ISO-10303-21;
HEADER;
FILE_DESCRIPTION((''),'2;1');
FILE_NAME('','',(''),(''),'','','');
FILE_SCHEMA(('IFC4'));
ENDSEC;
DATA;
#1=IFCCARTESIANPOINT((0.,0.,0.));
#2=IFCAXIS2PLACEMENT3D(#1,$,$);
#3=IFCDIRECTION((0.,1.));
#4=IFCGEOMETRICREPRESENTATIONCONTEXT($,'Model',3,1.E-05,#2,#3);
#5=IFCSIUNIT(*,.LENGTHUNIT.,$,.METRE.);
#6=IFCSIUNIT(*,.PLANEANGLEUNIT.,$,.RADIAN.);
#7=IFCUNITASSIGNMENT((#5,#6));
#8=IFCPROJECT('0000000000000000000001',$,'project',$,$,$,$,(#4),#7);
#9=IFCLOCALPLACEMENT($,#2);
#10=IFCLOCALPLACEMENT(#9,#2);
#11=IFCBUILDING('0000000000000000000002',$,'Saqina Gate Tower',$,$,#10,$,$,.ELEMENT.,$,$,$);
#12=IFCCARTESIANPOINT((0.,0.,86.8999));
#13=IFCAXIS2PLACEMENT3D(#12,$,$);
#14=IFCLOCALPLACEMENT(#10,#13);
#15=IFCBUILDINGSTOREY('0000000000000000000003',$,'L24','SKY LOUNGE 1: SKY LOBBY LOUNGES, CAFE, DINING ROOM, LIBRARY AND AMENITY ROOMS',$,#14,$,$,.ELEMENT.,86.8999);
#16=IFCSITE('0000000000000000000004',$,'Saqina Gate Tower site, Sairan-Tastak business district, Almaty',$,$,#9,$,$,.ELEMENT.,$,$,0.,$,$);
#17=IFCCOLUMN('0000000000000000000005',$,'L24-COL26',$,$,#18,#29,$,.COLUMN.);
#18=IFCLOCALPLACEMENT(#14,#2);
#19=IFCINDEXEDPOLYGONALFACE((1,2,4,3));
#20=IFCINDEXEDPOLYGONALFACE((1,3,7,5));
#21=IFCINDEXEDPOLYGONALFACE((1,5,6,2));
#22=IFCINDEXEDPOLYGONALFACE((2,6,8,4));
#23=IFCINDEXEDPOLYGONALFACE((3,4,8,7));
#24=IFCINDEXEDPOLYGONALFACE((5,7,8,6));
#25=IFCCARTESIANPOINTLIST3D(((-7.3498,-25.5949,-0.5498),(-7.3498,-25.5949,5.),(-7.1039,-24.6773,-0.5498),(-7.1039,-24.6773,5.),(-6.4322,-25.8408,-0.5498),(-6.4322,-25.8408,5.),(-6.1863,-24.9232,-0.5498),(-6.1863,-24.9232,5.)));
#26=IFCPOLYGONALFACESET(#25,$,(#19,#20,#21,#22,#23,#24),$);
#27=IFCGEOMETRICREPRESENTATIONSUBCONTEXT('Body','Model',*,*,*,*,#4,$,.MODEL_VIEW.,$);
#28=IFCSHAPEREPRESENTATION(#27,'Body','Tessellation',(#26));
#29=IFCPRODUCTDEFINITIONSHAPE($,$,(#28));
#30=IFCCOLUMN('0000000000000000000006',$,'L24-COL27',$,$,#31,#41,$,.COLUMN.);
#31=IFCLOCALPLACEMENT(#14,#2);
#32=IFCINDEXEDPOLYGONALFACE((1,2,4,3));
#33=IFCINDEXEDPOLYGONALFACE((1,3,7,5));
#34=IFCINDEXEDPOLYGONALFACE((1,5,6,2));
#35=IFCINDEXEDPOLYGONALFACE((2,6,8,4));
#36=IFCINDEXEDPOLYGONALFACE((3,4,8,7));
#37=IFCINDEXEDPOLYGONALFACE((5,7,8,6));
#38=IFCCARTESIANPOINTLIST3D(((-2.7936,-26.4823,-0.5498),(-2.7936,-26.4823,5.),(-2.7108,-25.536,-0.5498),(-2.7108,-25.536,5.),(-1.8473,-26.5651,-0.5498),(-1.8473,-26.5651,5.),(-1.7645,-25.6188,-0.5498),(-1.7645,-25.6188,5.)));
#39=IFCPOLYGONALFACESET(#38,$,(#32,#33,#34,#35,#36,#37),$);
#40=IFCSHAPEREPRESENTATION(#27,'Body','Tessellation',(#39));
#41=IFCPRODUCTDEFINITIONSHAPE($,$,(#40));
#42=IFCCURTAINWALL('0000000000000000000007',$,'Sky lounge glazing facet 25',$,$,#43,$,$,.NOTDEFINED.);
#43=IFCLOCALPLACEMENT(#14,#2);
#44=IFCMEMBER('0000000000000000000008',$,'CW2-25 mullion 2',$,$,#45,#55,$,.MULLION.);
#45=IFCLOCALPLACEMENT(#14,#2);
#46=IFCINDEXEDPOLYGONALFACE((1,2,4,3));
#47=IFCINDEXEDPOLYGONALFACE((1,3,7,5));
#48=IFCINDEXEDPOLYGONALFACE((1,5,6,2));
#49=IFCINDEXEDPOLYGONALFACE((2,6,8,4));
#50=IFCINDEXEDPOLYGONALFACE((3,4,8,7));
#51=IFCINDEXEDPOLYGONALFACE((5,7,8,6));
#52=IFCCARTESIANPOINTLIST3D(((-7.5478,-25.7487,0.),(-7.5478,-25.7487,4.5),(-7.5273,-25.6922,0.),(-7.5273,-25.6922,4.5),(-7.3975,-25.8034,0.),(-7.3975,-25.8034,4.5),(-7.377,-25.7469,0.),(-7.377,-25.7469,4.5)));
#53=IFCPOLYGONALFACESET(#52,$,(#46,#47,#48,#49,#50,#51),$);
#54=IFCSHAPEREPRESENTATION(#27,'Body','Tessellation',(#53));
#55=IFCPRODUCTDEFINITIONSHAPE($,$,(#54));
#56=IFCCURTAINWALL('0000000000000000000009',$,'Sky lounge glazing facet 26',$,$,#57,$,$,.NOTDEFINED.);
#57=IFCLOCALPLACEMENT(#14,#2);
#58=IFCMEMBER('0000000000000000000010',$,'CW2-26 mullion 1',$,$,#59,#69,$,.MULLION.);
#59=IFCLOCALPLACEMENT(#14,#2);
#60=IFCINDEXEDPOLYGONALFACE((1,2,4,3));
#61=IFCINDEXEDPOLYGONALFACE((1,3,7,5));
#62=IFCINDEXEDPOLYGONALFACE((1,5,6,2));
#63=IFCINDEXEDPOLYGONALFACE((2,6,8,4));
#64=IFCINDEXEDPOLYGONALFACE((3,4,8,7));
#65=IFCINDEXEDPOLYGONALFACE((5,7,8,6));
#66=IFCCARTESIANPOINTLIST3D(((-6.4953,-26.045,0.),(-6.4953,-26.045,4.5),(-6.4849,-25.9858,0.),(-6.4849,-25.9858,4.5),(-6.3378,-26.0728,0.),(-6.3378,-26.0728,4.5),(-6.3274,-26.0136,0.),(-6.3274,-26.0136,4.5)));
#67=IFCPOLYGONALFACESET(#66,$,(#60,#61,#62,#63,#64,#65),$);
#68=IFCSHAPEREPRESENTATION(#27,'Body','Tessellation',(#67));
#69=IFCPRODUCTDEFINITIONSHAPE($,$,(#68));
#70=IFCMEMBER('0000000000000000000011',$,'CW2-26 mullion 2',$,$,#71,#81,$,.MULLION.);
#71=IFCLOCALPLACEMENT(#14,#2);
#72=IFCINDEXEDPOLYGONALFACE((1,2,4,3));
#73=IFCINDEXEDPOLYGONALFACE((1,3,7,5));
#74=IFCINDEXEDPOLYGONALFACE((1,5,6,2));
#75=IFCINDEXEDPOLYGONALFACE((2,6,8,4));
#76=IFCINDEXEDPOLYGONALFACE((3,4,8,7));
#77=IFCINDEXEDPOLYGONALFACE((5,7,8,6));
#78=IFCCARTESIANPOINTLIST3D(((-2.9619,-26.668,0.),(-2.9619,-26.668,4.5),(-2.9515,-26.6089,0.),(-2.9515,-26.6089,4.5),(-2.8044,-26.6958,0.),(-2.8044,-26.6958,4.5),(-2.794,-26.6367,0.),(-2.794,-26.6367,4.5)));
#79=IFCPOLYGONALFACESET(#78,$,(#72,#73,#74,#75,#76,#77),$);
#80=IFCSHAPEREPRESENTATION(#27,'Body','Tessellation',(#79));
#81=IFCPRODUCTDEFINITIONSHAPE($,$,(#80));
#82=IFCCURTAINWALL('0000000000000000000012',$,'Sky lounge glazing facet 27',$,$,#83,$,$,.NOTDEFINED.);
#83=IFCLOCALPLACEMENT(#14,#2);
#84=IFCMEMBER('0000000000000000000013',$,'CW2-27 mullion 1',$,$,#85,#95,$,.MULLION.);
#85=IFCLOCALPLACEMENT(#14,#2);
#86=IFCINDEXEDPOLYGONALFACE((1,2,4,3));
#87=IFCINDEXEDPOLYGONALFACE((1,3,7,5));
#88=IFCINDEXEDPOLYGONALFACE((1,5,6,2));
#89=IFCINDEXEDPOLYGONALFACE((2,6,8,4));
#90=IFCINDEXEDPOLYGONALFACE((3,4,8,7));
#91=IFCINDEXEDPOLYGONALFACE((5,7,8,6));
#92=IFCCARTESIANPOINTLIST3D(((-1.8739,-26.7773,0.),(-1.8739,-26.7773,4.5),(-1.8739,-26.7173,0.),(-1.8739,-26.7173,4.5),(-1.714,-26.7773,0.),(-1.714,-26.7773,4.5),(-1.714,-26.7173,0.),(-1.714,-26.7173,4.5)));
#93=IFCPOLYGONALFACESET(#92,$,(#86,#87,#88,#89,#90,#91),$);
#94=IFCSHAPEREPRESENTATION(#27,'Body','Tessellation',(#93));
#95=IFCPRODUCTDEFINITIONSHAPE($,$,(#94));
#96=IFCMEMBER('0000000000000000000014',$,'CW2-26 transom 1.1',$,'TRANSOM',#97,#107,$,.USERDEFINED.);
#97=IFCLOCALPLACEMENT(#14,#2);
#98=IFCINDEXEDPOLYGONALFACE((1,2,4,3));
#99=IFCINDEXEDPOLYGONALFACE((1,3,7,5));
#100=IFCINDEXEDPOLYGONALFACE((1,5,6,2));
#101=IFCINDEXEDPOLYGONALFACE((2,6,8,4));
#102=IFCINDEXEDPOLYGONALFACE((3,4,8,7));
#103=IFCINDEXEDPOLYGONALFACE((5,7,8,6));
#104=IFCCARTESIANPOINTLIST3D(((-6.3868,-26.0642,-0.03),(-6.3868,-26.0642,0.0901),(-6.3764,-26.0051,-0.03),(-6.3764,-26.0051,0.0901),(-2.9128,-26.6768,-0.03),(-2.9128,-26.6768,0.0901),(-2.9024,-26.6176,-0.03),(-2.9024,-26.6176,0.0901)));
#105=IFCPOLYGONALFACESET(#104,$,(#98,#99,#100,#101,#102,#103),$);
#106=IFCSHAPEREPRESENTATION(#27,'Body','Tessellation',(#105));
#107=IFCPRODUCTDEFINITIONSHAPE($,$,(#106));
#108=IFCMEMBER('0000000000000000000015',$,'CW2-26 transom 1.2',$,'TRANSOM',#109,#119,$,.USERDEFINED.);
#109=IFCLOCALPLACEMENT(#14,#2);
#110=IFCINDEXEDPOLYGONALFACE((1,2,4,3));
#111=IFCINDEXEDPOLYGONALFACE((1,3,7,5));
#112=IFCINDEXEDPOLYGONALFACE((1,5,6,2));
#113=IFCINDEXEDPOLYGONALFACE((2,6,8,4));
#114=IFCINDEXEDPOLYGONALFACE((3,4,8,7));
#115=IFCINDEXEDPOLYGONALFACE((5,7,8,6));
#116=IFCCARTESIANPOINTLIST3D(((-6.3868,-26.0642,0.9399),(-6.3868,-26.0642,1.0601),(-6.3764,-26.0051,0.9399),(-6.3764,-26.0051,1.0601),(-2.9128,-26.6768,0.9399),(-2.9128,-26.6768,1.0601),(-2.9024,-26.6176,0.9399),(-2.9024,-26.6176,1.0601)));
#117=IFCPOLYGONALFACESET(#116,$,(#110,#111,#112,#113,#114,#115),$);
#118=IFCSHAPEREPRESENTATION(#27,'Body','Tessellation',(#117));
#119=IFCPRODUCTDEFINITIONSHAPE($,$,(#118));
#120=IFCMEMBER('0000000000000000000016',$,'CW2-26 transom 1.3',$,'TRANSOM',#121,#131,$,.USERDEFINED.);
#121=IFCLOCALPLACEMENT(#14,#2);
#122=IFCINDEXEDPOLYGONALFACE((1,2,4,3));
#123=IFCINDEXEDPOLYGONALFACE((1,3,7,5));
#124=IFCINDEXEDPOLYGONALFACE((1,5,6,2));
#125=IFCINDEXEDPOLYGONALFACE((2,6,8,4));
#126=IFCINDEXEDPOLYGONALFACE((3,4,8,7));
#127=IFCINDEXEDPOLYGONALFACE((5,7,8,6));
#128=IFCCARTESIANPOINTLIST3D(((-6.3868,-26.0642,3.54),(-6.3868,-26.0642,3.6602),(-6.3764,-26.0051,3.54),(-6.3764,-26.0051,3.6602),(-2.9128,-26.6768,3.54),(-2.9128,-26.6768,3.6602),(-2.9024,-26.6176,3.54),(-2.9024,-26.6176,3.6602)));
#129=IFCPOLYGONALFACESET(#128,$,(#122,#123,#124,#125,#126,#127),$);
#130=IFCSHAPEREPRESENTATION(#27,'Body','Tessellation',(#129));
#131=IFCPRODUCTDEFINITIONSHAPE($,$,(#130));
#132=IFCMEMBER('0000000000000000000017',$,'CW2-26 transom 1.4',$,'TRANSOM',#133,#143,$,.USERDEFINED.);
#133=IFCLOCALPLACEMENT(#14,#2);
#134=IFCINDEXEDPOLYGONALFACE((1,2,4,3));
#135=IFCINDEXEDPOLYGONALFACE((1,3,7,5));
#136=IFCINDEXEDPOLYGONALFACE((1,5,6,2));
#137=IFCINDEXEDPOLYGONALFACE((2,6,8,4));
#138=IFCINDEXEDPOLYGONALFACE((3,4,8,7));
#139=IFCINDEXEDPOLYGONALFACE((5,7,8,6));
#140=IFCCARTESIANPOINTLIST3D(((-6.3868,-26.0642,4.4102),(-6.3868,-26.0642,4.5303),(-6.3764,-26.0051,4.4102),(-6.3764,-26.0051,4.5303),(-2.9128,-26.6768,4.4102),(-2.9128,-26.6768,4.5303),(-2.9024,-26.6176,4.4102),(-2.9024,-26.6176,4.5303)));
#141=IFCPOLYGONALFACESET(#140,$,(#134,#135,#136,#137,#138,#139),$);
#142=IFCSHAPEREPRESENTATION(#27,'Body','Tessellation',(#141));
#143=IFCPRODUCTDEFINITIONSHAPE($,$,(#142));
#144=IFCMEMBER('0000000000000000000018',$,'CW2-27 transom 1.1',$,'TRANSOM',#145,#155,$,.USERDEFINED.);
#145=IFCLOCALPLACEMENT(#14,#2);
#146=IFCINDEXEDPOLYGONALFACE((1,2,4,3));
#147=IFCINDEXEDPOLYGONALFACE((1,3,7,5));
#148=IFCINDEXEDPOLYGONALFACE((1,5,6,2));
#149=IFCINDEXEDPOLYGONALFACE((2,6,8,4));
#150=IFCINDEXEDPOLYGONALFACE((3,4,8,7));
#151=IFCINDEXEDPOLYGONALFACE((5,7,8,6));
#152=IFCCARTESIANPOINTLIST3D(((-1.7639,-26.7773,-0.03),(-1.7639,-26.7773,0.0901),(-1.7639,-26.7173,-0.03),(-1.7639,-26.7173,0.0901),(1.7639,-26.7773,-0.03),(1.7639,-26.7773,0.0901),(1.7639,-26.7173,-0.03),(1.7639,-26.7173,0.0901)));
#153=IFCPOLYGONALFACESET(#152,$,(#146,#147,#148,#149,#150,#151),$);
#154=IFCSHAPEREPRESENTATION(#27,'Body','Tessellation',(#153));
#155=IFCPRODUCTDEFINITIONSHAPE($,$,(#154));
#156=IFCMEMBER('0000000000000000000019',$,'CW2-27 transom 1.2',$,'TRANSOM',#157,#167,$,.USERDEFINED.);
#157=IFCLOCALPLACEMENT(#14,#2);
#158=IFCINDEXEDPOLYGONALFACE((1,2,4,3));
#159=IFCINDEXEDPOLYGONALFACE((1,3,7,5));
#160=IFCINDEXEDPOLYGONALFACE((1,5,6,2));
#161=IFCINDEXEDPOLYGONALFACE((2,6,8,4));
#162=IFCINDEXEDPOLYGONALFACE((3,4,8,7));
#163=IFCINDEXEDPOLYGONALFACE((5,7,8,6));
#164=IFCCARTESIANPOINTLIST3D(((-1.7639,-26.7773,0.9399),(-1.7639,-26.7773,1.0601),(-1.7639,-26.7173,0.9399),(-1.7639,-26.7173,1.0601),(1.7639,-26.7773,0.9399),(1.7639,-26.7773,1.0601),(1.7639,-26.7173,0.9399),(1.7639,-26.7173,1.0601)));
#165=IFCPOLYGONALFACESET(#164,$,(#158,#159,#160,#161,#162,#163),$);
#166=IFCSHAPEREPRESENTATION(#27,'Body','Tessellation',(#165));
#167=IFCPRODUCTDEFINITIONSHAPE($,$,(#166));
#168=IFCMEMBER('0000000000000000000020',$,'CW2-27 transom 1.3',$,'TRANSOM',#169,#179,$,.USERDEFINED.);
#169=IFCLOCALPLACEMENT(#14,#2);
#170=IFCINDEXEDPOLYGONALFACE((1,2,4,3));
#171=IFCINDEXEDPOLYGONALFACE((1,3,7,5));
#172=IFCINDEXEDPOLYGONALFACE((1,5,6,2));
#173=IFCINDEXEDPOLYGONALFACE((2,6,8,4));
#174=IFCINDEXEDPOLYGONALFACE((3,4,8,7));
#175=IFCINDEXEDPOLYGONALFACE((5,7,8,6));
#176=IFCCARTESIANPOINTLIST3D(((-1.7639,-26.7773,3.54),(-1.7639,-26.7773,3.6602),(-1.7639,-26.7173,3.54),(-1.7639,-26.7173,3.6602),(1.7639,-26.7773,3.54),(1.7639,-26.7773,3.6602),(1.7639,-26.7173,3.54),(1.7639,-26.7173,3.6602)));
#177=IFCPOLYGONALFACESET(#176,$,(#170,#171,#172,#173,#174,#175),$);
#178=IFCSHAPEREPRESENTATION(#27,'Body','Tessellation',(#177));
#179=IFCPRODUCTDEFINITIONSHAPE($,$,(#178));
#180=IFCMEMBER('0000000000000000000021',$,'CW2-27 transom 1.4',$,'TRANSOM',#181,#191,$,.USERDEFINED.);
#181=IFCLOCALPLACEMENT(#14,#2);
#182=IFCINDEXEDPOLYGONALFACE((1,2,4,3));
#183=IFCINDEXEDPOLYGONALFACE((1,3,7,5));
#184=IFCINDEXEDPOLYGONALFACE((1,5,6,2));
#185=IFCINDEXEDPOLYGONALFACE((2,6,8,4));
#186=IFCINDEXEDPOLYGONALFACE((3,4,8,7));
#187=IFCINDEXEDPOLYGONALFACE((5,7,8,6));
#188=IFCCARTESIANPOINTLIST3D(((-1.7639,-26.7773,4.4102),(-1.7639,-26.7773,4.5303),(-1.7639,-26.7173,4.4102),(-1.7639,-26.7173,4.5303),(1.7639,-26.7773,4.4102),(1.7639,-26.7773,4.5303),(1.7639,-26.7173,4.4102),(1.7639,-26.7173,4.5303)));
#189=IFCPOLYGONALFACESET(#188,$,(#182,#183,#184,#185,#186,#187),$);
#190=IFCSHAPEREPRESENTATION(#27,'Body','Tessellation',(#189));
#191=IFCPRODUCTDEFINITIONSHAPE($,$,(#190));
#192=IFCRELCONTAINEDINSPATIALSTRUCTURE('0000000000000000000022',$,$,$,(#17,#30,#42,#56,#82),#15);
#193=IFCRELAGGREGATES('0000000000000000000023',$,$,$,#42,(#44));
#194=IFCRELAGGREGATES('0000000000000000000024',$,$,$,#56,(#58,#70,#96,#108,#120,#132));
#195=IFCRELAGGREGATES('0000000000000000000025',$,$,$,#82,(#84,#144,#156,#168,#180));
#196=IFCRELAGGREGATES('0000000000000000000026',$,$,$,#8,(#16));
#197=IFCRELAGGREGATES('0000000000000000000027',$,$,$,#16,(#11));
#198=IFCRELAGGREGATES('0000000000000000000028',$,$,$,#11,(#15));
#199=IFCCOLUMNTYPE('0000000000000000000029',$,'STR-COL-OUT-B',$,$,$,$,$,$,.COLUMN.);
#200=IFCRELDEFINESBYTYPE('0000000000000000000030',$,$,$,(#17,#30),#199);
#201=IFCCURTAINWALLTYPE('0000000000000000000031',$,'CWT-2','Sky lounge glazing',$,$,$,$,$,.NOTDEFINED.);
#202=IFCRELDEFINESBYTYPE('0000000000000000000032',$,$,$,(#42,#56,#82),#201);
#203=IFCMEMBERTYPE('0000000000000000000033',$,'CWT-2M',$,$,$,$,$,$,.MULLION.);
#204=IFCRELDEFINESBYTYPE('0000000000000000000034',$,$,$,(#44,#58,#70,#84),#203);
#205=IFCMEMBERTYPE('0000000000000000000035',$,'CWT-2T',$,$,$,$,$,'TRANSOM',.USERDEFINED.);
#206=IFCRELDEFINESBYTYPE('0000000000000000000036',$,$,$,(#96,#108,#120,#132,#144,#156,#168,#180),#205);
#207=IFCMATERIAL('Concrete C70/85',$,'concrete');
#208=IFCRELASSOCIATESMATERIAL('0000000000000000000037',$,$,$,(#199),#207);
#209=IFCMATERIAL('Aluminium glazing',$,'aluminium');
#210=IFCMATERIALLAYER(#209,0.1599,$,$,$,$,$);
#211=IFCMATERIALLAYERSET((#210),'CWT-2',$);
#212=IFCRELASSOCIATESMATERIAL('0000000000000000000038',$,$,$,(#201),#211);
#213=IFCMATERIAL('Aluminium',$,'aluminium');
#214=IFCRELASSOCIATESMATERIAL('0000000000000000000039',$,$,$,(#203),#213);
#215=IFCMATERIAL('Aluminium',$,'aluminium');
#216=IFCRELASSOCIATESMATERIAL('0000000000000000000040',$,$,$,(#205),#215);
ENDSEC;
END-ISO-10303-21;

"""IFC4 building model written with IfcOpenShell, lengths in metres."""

from ifc_helpers import new_model, si_unit, direction, frame, origin, origin_2d, place, context, subcontext, project, spatial, rectangle, extrude, material, layer, layer_set, material_profile, profile_set, type_object, element, aggregate, save


model = new_model("IFC4")

# Units and contexts
model_context = context("Model", 3, precision=1e-05, world=origin(), true_north=direction((0.0, 1.0)))
body_context = subcontext(model_context, "Body", "Model", "MODEL_VIEW")
ifc_project = project(units=[si_unit("LENGTHUNIT", "METRE"), si_unit("PLANEANGLEUNIT", "RADIAN")], contexts=[model_context])

# Site, building, storey
site_placement = place(None, origin())
site = spatial("IfcSite", under=ifc_project, at=site_placement, Name="Saqina Gate Tower site, Sairan-Tastak business district, Almaty", CompositionType="ELEMENT", RefElevation=0.0)
building_placement = place(site_placement, origin())
building = spatial("IfcBuilding", under=site, at=building_placement, Name="Saqina Gate Tower", CompositionType="ELEMENT")
storey_placement = place(building_placement, frame((0.0, 0.0, 86.8999)))
storey = spatial("IfcBuildingStorey", under=building, at=storey_placement, Name="L24", Description="SKY LOUNGE 1: SKY LOBBY LOUNGES, CAFE, DINING ROOM, LIBRARY AND AMENITY ROOMS", CompositionType="ELEMENT", Elevation=86.8999)

# Columns
ifc_material_1 = material(Name="Concrete C70/85", Category="concrete")
ifc_material_profile_1 = material_profile(ifc_material_1, rectangle(XDim=0.95, YDim=0.95, at=origin_2d()), Name="RC 950x950")
ifc_profile_set_1 = profile_set([ifc_material_profile_1], Name="Concrete C70/85")
column_type = type_object("IfcColumnType", Name="STR-COL-OUT-B", PredefinedType="COLUMN", material=ifc_profile_set_1)
for number, where, z_axis, x_axis, name in (
    (1, (-6.7681, -25.259, -0.5498), (0.0, 0.0, 1.0), (-0.258819, -0.965926, 0.0), "L24-COL26"),
    (2, (-2.2791, -26.0505, -0.5498), (0.0, 0.0, 1.0), (-0.087156, -0.996195, 0.0), "L24-COL27"),
):
    element("IfcColumn", number, at=place(storey_placement, frame(where, z_axis=z_axis, x_axis=x_axis)), inside=storey, type_object=column_type, Name=name, PredefinedType="COLUMN", context=body_context, shape_type="SweptSolid", body=[
        extrude(rectangle(XDim=0.95, YDim=0.95, at=origin_2d()), origin(), (0.0, 0.0, 1.0), 5.5498),
    ])

# Curtain wall, member
ifc_material_2 = material(Name="Aluminium glazing", Category="aluminium")
ifc_layer_1 = layer(ifc_material_2, 0.1599)
ifc_layer_set_1 = layer_set([ifc_layer_1], Name="CWT-2")
curtain_wall_type = type_object("IfcCurtainWallType", Name="CWT-2", Description="Sky lounge glazing", PredefinedType="NOTDEFINED", material=ifc_layer_set_1)
curtain_wall_1_placement = place(storey_placement, origin())
curtain_wall_1 = element("IfcCurtainWall", 3, at=curtain_wall_1_placement, inside=storey, type_object=curtain_wall_type, Name="Sky lounge glazing facet 25", PredefinedType="NOTDEFINED")
ifc_material_3 = material(Name="Aluminium", Category="aluminium")
ifc_material_profile_2 = material_profile(ifc_material_3, rectangle(XDim=0.0601, YDim=0.1599, at=origin_2d()), Name="Aluminium 60x160")
ifc_profile_set_2 = profile_set([ifc_material_profile_2], Name="Aluminium")
member_type_1 = type_object("IfcMemberType", Name="CWT-2M", PredefinedType="MULLION", material=ifc_profile_set_2)
member_1_placement = place(storey_placement, frame((-7.4624, -25.7478, 0.0), z_axis=(0.0, 0.0, 1.0), x_axis=(0.342016, 0.939694, 0.0)))
member_1 = element("IfcMember", 4, at=member_1_placement, type_object=member_type_1, Name="CW2-25 mullion 2", PredefinedType="MULLION", context=body_context, shape_type="SweptSolid", body=[
    extrude(rectangle(XDim=0.0601, YDim=0.1599, at=origin_2d()), origin(), (0.0, 0.0, 1.0), 4.5),
])
aggregate(curtain_wall_1, [member_1])

# Curtain wall, members
curtain_wall_2_placement = place(storey_placement, origin())
curtain_wall_2 = element("IfcCurtainWall", 5, at=curtain_wall_2_placement, inside=storey, type_object=curtain_wall_type, Name="Sky lounge glazing facet 26", PredefinedType="NOTDEFINED")
member_2_placement = place(storey_placement, frame((-6.4114, -26.0293, 0.0), z_axis=(0.0, 0.0, 1.0), x_axis=(0.173638, 0.984809, 0.0)))
member_2 = element("IfcMember", 6, at=member_2_placement, type_object=member_type_1, Name="CW2-26 mullion 1", PredefinedType="MULLION", context=body_context, shape_type="SweptSolid", body=[
    extrude(rectangle(XDim=0.0601, YDim=0.1599, at=origin_2d()), origin(), (0.0, 0.0, 1.0), 4.5),
])
member_3_placement = place(storey_placement, frame((-2.8779, -26.6523, 0.0), z_axis=(0.0, 0.0, 1.0), x_axis=(0.173638, 0.984809, 0.0)))
member_3 = element("IfcMember", 7, at=member_3_placement, type_object=member_type_1, Name="CW2-26 mullion 2", PredefinedType="MULLION", context=body_context, shape_type="SweptSolid", body=[
    extrude(rectangle(XDim=0.0601, YDim=0.1599, at=origin_2d()), origin(), (0.0, 0.0, 1.0), 4.5),
])

# Curtain wall, member
curtain_wall_3_placement = place(storey_placement, origin())
curtain_wall_3 = element("IfcCurtainWall", 8, at=curtain_wall_3_placement, inside=storey, type_object=curtain_wall_type, Name="Sky lounge glazing facet 27", PredefinedType="NOTDEFINED")
member_4_placement = place(storey_placement, frame((-1.7939, -26.7473, 0.0), z_axis=(0.0, 0.0, 1.0), x_axis=(0.0, 1.0, 0.0)))
member_4 = element("IfcMember", 9, at=member_4_placement, type_object=member_type_1, Name="CW2-27 mullion 1", PredefinedType="MULLION", context=body_context, shape_type="SweptSolid", body=[
    extrude(rectangle(XDim=0.0601, YDim=0.1599, at=origin_2d()), origin(), (0.0, 0.0, 1.0), 4.5),
])

# Members
ifc_material_4 = material(Name="Aluminium", Category="aluminium")
ifc_material_profile_3 = material_profile(ifc_material_4, rectangle(XDim=0.0601, YDim=0.1201, at=origin_2d()), Name="Aluminium 60x120")
ifc_profile_set_3 = profile_set([ifc_material_profile_3], Name="Aluminium")
member_type_2 = type_object("IfcMemberType", Name="CWT-2T", ElementType="TRANSOM", PredefinedType="USERDEFINED", material=ifc_profile_set_3)
member_5_placement = place(storey_placement, frame((-6.3816, -26.0347, 0.03), z_axis=(0.984809, -0.173639, 0.0), x_axis=(0.173639, 0.984809, 0.0)))
member_5 = element("IfcMember", 10, at=member_5_placement, type_object=member_type_2, Name="CW2-26 transom 1.1", ObjectType="TRANSOM", PredefinedType="USERDEFINED", context=body_context, shape_type="SweptSolid", body=[
    extrude(rectangle(XDim=0.0601, YDim=0.1201, at=origin_2d()), origin(), (0.0, 0.0, 1.0), 3.5276),
])
member_6_placement = place(storey_placement, frame((-6.3816, -26.0347, 1.0), z_axis=(0.984809, -0.173639, 0.0), x_axis=(0.173639, 0.984809, 0.0)))
member_6 = element("IfcMember", 11, at=member_6_placement, type_object=member_type_2, Name="CW2-26 transom 1.2", ObjectType="TRANSOM", PredefinedType="USERDEFINED", context=body_context, shape_type="SweptSolid", body=[
    extrude(rectangle(XDim=0.0601, YDim=0.1201, at=origin_2d()), origin(), (0.0, 0.0, 1.0), 3.5276),
])
member_7_placement = place(storey_placement, frame((-6.3816, -26.0347, 3.6001), z_axis=(0.984809, -0.173639, 0.0), x_axis=(0.173639, 0.984809, 0.0)))
member_7 = element("IfcMember", 12, at=member_7_placement, type_object=member_type_2, Name="CW2-26 transom 1.3", ObjectType="TRANSOM", PredefinedType="USERDEFINED", context=body_context, shape_type="SweptSolid", body=[
    extrude(rectangle(XDim=0.0601, YDim=0.1201, at=origin_2d()), origin(), (0.0, 0.0, 1.0), 3.5276),
])
member_8_placement = place(storey_placement, frame((-6.3816, -26.0347, 4.4702), z_axis=(0.984809, -0.173639, 0.0), x_axis=(0.173639, 0.984809, 0.0)))
member_8 = element("IfcMember", 13, at=member_8_placement, type_object=member_type_2, Name="CW2-26 transom 1.4", ObjectType="TRANSOM", PredefinedType="USERDEFINED", context=body_context, shape_type="SweptSolid", body=[
    extrude(rectangle(XDim=0.0601, YDim=0.1201, at=origin_2d()), origin(), (0.0, 0.0, 1.0), 3.5276),
])
member_9_placement = place(storey_placement, frame((-1.7639, -26.7473, 0.03), z_axis=(1.0, 0.0, 0.0), x_axis=(0.0, 1.0, 0.0)))
member_9 = element("IfcMember", 14, at=member_9_placement, type_object=member_type_2, Name="CW2-27 transom 1.1", ObjectType="TRANSOM", PredefinedType="USERDEFINED", context=body_context, shape_type="SweptSolid", body=[
    extrude(rectangle(XDim=0.0601, YDim=0.1201, at=origin_2d()), origin(), (0.0, 0.0, 1.0), 3.5278),
])
member_10_placement = place(storey_placement, frame((-1.7639, -26.7473, 1.0), z_axis=(1.0, 0.0, 0.0), x_axis=(0.0, 1.0, 0.0)))
member_10 = element("IfcMember", 15, at=member_10_placement, type_object=member_type_2, Name="CW2-27 transom 1.2", ObjectType="TRANSOM", PredefinedType="USERDEFINED", context=body_context, shape_type="SweptSolid", body=[
    extrude(rectangle(XDim=0.0601, YDim=0.1201, at=origin_2d()), origin(), (0.0, 0.0, 1.0), 3.5278),
])
member_11_placement = place(storey_placement, frame((-1.7639, -26.7473, 3.6001), z_axis=(1.0, 0.0, 0.0), x_axis=(0.0, 1.0, 0.0)))
member_11 = element("IfcMember", 16, at=member_11_placement, type_object=member_type_2, Name="CW2-27 transom 1.3", ObjectType="TRANSOM", PredefinedType="USERDEFINED", context=body_context, shape_type="SweptSolid", body=[
    extrude(rectangle(XDim=0.0601, YDim=0.1201, at=origin_2d()), origin(), (0.0, 0.0, 1.0), 3.5278),
])
member_12_placement = place(storey_placement, frame((-1.7639, -26.7473, 4.4702), z_axis=(1.0, 0.0, 0.0), x_axis=(0.0, 1.0, 0.0)))
member_12 = element("IfcMember", 17, at=member_12_placement, type_object=member_type_2, Name="CW2-27 transom 1.4", ObjectType="TRANSOM", PredefinedType="USERDEFINED", context=body_context, shape_type="SweptSolid", body=[
    extrude(rectangle(XDim=0.0601, YDim=0.1201, at=origin_2d()), origin(), (0.0, 0.0, 1.0), 3.5278),
])

aggregate(curtain_wall_2, [member_2, member_3, member_5, member_6, member_7, member_8])
aggregate(curtain_wall_3, [member_4, member_9, member_10, member_11, member_12])

save(model, "model.ifc")
